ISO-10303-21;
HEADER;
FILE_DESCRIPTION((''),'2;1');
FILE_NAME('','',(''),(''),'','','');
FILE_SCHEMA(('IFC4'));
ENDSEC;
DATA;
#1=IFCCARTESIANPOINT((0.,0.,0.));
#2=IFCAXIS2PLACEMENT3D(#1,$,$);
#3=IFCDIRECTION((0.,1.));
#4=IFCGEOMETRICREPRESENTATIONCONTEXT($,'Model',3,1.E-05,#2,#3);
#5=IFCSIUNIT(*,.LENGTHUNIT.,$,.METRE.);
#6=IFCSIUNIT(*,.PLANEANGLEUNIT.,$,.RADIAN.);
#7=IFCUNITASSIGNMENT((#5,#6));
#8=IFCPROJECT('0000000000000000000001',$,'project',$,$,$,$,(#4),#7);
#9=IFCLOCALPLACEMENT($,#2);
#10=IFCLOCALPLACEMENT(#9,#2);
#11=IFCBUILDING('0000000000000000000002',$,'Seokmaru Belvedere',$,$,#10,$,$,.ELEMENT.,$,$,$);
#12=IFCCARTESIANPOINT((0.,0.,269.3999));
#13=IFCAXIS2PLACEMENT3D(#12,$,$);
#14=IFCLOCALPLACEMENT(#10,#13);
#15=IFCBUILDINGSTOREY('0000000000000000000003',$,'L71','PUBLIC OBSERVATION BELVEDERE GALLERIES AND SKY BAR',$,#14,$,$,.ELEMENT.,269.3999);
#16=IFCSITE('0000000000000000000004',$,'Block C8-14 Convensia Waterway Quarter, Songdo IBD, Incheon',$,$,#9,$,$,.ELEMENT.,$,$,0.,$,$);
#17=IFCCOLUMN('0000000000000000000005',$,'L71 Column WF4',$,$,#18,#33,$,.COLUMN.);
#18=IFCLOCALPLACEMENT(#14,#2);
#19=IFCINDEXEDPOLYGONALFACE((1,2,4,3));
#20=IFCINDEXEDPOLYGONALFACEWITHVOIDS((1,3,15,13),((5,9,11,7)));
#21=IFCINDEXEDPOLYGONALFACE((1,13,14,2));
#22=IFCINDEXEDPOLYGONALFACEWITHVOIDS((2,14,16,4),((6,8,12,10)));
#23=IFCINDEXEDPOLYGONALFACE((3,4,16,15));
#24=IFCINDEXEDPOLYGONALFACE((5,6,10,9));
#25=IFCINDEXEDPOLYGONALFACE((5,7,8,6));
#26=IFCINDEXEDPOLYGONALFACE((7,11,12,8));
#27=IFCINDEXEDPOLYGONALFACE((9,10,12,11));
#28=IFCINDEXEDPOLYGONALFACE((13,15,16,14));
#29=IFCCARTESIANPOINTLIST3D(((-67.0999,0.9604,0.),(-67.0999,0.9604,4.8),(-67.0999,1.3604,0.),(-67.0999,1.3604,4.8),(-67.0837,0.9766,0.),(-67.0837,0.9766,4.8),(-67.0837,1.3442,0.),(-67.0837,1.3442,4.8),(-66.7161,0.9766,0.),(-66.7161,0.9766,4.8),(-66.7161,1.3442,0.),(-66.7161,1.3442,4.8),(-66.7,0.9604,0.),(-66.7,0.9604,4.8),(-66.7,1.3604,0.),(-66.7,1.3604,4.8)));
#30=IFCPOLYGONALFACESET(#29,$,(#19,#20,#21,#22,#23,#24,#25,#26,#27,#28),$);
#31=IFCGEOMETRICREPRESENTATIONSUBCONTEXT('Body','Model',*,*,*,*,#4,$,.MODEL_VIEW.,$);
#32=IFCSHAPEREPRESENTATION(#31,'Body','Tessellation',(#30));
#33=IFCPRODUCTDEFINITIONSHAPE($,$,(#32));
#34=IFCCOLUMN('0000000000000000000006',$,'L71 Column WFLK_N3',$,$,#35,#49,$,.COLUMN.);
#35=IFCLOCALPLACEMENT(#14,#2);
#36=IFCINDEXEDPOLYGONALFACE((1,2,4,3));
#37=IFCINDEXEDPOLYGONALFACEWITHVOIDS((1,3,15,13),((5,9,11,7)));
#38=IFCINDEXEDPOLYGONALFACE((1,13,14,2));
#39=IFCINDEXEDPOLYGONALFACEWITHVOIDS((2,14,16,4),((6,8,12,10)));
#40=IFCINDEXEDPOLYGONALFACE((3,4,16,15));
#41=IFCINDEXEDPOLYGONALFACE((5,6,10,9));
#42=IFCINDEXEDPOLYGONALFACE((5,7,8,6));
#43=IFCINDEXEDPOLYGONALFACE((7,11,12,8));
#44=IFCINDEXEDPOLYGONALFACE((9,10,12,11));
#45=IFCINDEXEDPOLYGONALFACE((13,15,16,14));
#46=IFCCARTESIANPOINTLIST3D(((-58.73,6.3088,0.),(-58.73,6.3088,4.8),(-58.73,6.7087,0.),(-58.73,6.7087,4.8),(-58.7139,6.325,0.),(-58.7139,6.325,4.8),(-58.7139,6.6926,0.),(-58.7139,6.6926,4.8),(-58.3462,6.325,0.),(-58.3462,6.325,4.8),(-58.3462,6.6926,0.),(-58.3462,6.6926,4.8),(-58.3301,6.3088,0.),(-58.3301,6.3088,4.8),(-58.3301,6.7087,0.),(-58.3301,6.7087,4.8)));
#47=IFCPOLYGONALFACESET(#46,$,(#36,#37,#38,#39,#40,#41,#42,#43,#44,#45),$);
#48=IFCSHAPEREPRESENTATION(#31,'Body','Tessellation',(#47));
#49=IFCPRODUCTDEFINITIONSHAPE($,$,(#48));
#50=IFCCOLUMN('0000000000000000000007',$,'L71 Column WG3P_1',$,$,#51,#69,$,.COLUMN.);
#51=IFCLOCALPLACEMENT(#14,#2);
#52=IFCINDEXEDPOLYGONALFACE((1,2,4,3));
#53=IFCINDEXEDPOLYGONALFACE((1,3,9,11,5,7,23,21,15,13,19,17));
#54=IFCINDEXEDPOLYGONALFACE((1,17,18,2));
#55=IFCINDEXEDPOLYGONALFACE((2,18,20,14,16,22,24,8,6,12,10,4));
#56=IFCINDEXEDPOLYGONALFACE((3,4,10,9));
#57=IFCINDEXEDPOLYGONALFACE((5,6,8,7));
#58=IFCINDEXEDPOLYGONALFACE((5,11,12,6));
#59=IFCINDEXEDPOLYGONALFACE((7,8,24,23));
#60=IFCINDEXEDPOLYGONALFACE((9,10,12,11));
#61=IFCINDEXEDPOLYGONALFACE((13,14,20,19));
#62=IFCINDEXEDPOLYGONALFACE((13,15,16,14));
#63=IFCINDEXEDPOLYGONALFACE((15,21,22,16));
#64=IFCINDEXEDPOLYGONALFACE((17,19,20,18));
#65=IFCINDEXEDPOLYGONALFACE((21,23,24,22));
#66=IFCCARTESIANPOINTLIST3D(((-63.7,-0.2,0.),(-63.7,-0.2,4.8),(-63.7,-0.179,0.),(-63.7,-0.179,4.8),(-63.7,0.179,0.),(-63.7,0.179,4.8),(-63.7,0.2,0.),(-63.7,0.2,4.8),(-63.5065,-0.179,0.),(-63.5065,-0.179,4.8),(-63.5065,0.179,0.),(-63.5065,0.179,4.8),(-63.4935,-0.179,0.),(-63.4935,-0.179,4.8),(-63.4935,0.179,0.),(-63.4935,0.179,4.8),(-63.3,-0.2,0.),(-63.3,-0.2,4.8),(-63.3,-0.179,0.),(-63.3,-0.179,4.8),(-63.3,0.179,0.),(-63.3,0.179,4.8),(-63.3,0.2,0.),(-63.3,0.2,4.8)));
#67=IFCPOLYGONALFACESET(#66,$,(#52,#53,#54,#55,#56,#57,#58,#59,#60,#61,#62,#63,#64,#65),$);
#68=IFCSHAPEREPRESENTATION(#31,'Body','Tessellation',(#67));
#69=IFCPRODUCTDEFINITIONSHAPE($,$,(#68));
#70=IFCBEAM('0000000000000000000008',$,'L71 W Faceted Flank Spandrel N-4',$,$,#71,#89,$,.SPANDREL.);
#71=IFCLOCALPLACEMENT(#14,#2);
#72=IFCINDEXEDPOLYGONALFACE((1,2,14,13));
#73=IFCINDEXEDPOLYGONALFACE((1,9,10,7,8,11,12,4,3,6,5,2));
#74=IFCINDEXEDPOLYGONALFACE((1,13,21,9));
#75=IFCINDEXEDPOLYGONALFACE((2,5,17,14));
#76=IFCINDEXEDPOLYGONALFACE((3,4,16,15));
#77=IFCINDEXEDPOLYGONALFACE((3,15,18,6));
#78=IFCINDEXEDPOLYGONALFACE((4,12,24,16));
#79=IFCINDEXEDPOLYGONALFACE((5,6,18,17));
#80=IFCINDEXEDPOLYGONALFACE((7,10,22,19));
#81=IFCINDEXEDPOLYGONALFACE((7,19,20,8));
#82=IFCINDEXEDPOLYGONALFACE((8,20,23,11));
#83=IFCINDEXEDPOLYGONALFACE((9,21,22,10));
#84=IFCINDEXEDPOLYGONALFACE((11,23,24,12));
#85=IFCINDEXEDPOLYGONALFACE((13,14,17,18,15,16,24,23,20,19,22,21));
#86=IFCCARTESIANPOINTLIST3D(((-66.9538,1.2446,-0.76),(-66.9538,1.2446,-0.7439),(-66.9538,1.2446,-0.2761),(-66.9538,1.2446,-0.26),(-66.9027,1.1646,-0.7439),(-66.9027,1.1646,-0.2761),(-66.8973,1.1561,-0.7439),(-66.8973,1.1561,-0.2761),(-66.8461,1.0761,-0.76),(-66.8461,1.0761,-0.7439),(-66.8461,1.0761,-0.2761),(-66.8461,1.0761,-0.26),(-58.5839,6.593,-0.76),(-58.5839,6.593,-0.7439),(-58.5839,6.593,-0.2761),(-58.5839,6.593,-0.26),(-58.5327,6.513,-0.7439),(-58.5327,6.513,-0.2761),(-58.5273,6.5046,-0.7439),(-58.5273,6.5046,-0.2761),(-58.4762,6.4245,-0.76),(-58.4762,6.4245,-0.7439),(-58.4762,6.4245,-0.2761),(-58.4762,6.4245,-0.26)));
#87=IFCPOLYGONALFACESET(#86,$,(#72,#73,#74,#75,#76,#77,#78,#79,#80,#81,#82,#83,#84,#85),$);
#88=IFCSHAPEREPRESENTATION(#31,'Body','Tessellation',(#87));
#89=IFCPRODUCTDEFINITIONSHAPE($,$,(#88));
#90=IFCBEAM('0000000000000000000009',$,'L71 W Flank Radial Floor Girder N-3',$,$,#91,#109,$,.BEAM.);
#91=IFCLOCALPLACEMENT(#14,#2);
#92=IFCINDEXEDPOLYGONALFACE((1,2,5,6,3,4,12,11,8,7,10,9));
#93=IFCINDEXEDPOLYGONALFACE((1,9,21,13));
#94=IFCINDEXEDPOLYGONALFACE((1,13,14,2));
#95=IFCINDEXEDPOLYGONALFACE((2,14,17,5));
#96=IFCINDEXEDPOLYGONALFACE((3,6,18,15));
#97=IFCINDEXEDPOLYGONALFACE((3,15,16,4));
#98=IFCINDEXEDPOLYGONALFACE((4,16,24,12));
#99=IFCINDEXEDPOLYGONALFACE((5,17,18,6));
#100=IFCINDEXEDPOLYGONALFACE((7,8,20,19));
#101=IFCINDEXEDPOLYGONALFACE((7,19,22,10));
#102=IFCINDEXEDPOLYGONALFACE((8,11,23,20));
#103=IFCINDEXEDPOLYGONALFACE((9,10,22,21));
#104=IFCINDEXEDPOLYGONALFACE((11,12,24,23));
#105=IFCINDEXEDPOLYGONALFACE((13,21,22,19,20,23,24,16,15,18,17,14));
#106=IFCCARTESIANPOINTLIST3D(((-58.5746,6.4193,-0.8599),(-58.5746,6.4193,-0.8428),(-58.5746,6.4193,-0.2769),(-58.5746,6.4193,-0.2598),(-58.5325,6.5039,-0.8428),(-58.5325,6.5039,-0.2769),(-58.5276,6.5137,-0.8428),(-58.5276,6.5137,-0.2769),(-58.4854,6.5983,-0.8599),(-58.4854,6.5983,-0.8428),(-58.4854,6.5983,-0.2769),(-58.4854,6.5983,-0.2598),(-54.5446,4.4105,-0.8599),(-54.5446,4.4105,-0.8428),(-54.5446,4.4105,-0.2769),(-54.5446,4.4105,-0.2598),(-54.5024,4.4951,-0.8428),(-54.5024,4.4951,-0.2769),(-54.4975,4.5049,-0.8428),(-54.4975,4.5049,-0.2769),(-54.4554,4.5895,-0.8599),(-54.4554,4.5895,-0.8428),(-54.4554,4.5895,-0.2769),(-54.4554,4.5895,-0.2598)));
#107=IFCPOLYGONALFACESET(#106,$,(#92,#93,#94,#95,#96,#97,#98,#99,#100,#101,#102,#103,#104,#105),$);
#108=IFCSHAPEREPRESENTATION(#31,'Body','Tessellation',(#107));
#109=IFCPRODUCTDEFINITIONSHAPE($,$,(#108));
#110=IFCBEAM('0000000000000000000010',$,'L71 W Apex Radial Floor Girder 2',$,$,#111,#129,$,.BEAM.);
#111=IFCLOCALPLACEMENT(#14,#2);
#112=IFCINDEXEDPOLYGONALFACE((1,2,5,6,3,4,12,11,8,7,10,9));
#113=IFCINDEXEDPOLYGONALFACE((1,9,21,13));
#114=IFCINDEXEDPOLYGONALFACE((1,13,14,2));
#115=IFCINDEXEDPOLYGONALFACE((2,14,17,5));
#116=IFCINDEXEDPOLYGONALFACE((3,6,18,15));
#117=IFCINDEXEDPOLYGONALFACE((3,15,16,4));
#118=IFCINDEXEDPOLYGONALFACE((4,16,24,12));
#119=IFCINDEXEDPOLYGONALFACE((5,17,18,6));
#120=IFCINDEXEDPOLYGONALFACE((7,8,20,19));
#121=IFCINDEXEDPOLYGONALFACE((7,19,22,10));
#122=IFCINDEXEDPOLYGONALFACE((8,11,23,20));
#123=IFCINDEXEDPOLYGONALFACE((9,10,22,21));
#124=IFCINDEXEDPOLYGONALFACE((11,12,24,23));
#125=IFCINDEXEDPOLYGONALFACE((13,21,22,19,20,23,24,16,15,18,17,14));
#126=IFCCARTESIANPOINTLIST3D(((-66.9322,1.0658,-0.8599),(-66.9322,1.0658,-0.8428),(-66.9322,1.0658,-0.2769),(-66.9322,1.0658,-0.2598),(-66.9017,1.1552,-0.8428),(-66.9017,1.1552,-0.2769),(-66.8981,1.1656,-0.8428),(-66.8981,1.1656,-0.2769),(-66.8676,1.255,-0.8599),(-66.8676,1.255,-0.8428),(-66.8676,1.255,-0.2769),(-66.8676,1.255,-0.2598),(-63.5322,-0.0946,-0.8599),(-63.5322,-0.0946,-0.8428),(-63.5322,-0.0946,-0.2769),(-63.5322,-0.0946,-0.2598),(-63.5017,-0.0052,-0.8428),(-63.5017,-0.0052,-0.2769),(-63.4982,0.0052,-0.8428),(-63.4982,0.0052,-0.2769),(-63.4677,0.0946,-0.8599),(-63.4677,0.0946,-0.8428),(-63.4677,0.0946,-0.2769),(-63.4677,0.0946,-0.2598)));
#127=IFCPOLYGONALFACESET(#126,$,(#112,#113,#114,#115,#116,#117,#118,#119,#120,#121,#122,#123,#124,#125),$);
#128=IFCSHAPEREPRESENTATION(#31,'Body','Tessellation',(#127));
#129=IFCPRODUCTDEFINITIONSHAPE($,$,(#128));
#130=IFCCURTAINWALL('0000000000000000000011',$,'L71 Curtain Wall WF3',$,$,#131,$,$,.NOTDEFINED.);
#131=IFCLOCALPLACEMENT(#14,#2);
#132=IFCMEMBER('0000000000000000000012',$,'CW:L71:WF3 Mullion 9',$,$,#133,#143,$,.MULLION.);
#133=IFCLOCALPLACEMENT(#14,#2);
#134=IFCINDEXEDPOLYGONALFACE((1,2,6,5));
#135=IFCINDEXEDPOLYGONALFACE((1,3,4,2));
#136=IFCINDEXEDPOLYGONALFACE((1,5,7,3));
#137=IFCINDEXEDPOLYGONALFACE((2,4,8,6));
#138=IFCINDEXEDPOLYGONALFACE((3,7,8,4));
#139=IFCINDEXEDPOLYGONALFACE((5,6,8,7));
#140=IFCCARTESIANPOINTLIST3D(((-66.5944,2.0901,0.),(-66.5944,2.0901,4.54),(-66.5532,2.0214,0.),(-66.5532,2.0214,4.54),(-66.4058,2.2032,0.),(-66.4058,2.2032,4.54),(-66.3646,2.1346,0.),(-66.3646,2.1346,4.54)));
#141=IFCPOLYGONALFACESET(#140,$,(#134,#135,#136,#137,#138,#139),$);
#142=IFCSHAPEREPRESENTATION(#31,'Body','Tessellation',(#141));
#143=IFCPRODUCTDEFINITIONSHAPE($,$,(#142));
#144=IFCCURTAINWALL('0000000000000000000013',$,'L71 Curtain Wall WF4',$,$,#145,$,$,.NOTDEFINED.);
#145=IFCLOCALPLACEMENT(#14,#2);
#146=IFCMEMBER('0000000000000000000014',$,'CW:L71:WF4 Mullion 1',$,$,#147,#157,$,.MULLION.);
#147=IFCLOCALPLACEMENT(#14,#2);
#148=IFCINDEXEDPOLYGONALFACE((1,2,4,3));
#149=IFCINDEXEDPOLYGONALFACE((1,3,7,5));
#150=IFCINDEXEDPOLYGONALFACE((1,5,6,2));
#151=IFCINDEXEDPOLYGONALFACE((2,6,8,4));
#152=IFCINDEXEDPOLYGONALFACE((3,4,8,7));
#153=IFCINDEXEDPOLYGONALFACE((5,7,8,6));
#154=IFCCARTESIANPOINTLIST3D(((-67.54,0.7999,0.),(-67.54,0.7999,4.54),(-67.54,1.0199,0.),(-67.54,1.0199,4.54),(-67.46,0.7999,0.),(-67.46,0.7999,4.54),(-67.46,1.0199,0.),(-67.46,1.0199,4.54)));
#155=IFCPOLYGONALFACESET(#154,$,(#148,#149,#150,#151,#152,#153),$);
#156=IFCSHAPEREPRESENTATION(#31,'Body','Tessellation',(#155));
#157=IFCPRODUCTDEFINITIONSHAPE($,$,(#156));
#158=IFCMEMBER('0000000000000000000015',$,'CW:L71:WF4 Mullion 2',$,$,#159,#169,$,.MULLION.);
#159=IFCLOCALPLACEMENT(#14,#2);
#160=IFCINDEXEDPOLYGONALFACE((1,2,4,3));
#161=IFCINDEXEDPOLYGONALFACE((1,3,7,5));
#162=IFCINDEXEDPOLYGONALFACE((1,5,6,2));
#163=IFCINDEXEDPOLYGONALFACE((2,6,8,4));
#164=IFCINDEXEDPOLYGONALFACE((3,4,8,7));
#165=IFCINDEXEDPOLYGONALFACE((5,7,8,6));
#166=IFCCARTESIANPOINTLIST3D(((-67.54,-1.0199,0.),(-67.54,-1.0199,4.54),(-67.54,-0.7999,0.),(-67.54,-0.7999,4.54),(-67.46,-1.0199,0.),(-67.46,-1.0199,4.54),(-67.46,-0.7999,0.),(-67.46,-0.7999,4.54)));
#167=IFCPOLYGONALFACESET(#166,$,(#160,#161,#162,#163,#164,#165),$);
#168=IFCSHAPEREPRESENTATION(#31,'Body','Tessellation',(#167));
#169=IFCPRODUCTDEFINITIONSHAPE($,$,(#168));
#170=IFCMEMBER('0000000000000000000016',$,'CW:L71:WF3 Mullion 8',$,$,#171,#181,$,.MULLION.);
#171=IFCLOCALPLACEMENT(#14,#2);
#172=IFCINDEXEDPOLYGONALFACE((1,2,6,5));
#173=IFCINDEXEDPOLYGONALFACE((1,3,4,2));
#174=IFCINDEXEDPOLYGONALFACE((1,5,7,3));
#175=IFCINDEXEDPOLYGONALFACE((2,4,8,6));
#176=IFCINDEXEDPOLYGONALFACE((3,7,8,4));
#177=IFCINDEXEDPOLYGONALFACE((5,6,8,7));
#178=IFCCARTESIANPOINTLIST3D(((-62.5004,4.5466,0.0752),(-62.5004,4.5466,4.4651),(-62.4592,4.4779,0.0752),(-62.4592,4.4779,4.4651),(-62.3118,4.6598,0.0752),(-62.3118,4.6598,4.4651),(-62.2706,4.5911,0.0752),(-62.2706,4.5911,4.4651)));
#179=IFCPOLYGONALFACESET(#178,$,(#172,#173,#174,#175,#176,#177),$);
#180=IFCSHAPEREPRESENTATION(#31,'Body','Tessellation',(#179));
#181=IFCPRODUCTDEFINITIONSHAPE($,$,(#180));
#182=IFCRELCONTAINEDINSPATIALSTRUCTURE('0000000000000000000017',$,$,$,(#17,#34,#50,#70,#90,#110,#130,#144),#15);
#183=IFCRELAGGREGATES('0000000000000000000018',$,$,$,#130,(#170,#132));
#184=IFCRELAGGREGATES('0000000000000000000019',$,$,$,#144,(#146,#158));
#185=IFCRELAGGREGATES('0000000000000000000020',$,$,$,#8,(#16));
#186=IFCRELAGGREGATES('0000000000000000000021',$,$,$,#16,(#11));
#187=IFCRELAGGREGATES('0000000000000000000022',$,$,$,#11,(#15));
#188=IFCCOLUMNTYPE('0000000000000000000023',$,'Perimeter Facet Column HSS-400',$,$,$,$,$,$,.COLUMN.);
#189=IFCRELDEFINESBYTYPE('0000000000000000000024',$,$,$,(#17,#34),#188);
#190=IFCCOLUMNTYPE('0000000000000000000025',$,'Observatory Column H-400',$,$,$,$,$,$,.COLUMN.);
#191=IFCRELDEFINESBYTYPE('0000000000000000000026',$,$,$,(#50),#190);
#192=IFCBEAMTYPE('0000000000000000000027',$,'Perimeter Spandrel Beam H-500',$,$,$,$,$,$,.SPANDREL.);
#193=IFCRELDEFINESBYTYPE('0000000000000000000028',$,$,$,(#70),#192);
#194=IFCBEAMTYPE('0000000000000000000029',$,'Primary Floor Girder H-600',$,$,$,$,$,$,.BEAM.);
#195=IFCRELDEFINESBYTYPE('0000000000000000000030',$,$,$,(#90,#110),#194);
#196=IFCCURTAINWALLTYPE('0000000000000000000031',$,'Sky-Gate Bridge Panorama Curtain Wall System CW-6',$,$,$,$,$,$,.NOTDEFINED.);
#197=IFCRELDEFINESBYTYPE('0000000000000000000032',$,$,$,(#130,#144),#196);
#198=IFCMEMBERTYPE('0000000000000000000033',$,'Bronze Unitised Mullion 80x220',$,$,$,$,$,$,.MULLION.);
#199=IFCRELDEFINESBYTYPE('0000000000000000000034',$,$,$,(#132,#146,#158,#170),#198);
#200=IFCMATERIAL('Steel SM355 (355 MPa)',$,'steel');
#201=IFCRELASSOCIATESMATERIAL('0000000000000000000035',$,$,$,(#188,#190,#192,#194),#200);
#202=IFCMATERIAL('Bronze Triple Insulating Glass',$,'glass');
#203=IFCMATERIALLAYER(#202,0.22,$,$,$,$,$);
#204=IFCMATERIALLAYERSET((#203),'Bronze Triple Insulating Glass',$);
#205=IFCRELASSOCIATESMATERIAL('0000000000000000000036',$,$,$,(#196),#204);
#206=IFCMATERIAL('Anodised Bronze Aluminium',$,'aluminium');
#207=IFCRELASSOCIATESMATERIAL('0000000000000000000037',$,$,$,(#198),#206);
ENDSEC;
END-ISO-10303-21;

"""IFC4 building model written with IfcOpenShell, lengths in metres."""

from ifc_helpers import new_model, si_unit, direction, frame, origin, origin_2d, place, context, subcontext, project, spatial, rectangle, hollow_rectangle, i_section, extrude, source, transform, mapped, material, layer, layer_set, material_profile, profile_set, type_object, type_shapes, element, aggregate, save


model = new_model("IFC4")

# Units and contexts
model_context = context("Model", 3, precision=1e-05, world=origin(), true_north=direction((0.0, 1.0)))
body_context = subcontext(model_context, "Body", "Model", "MODEL_VIEW")
ifc_project = project(units=[si_unit("LENGTHUNIT", "METRE"), si_unit("PLANEANGLEUNIT", "RADIAN")], contexts=[model_context])

# Site, building, storey
site_placement = place(None, origin())
site = spatial("IfcSite", under=ifc_project, at=site_placement, Name="Block C8-14 Convensia Waterway Quarter, Songdo IBD, Incheon", CompositionType="ELEMENT", RefElevation=0.0)
building_placement = place(site_placement, origin())
building = spatial("IfcBuilding", under=site, at=building_placement, Name="Seokmaru Belvedere", CompositionType="ELEMENT")
storey_placement = place(building_placement, frame((0.0, 0.0, 269.3999)))
storey = spatial("IfcBuildingStorey", under=building, at=storey_placement, Name="L71", Description="PUBLIC OBSERVATION BELVEDERE GALLERIES AND SKY BAR", CompositionType="ELEMENT", Elevation=269.3999)

# Columns
ifc_material_1 = material(Name="Steel SM355 (355 MPa)", Category="steel")
ifc_material_profile_1 = material_profile(ifc_material_1, hollow_rectangle(XDim=0.3999, YDim=0.3999, WallThickness=0.0161, at=origin_2d()), Name="HSS-400x400x16")
ifc_profile_set_1 = profile_set([ifc_material_profile_1], Name="Steel SM355 (355 MPa)")
column_type_1 = type_object("IfcColumnType", Name="Perimeter Facet Column HSS-400", PredefinedType="COLUMN", material=ifc_profile_set_1)
shared_shape_1 = source(origin(), body_context, "Body", "SweptSolid", [
    extrude(hollow_rectangle(XDim=0.3999, YDim=0.3999, WallThickness=0.0161, at=origin_2d()), origin(), (0.0, 0.0, 1.0), 4.8),
])
type_shapes(column_type_1, [shared_shape_1])
for number, where, z_axis, x_axis, name in (
    (1, (-66.8999, 1.1604, 0.0), (0.0, 0.0, 1.0), (1.0, 0.0, 0.0), "L71 Column WF4"),
    (2, (-58.53, 6.5088, 0.0), (0.0, 0.0, 1.0), (1.0, 0.0, 0.0), "L71 Column WFLK_N3"),
):
    element("IfcColumn", number, at=place(storey_placement, frame(where, z_axis=z_axis, x_axis=x_axis)), inside=storey, type_object=column_type_1, Name=name, PredefinedType="COLUMN", context=body_context, shape_type="MappedRepresentation", body=[
        mapped(shared_shape_1, transform((0.0, 0.0, 0.0), scale=1.0)),
    ])
ifc_material_profile_2 = material_profile(ifc_material_1, i_section(OverallWidth=0.3999, OverallDepth=0.3999, WebThickness=0.0129, FlangeThickness=0.021, at=origin_2d()), Name="H-400x400x13x21")
ifc_profile_set_2 = profile_set([ifc_material_profile_2], Name="Steel SM355 (355 MPa)")
column_type_2 = type_object("IfcColumnType", Name="Observatory Column H-400", PredefinedType="COLUMN", material=ifc_profile_set_2)
shared_shape_2 = source(origin(), body_context, "Body", "SweptSolid", [
    extrude(i_section(OverallWidth=0.3999, OverallDepth=0.3999, WebThickness=0.0129, FlangeThickness=0.021, at=origin_2d()), origin(), (0.0, 0.0, 1.0), 4.8),
])
type_shapes(column_type_2, [shared_shape_2])
column_placement = place(storey_placement, frame((-63.5, 0.0, 0.0), z_axis=(0.0, 0.0, 1.0), x_axis=(1.0, 0.0, 0.0)))
element("IfcColumn", 3, at=column_placement, inside=storey, type_object=column_type_2, Name="L71 Column WG3P_1", PredefinedType="COLUMN", context=body_context, shape_type="MappedRepresentation", body=[
    mapped(shared_shape_2, transform((0.0, 0.0, 0.0), scale=1.0)),
])

# Beams
ifc_material_profile_3 = material_profile(ifc_material_1, i_section(OverallWidth=0.2, OverallDepth=0.5, WebThickness=0.01, FlangeThickness=0.0161, at=origin_2d()), Name="H-500x200x10x16")
ifc_profile_set_3 = profile_set([ifc_material_profile_3], Name="Steel SM355 (355 MPa)")
beam_type_1 = type_object("IfcBeamType", Name="Perimeter Spandrel Beam H-500", PredefinedType="SPANDREL", material=ifc_profile_set_3)
shared_shape_3 = source(origin(), body_context, "Body", "SweptSolid", [
    extrude(i_section(OverallWidth=0.2, OverallDepth=0.5, WebThickness=0.01, FlangeThickness=0.0161, at=origin_2d()), origin(), (0.0, 0.0, 1.0), 9.9329),
])
type_shapes(beam_type_1, [shared_shape_3])
beam_1_placement = place(storey_placement, frame((-58.53, 6.5088, -0.51), z_axis=(-0.842652, -0.538459, 0.0), x_axis=(0.538459, -0.842652, 0.0)))
element("IfcBeam", 4, at=beam_1_placement, inside=storey, type_object=beam_type_1, Name="L71 W Faceted Flank Spandrel N-4", PredefinedType="SPANDREL", context=body_context, shape_type="MappedRepresentation", body=[
    mapped(shared_shape_3, transform((0.0, 0.0, 0.0), scale=1.0)),
])
ifc_material_profile_4 = material_profile(ifc_material_1, i_section(OverallWidth=0.2, OverallDepth=0.6001, WebThickness=0.011, FlangeThickness=0.0171, at=origin_2d()), Name="H-600x200x11x17")
ifc_profile_set_4 = profile_set([ifc_material_profile_4], Name="Steel SM355 (355 MPa)")
beam_type_2 = type_object("IfcBeamType", Name="Primary Floor Girder H-600", PredefinedType="BEAM", material=ifc_profile_set_4)
shared_shape_4 = source(origin(), body_context, "Body", "SweptSolid", [
    extrude(i_section(OverallWidth=0.2, OverallDepth=0.6001, WebThickness=0.011, FlangeThickness=0.0171, at=origin_2d()), origin(), (0.0, 0.0, 1.0), 4.5029),
])
beam_2_placement = place(storey_placement, frame((-58.53, 6.5088, -0.5598), z_axis=(0.89498, -0.446107, 0.0), x_axis=(0.446107, 0.89498, 0.0)))
element("IfcBeam", 5, at=beam_2_placement, inside=storey, type_object=beam_type_2, Name="L71 W Flank Radial Floor Girder N-3", PredefinedType="BEAM", context=body_context, shape_type="MappedRepresentation", body=[
    mapped(shared_shape_4, transform((0.0, 0.0, 0.0), scale=1.0)),
])
shared_shape_5 = source(origin(), body_context, "Body", "SweptSolid", [
    extrude(i_section(OverallWidth=0.2, OverallDepth=0.6001, WebThickness=0.011, FlangeThickness=0.0171, at=origin_2d()), origin(), (0.0, 0.0, 1.0), 3.5925),
])
type_shapes(beam_type_2, [shared_shape_4, shared_shape_5])
beam_3_placement = place(storey_placement, frame((-66.8999, 1.1604, -0.5598), z_axis=(0.946396, -0.323009, 0.0), x_axis=(0.323009, 0.946396, 0.0)))
element("IfcBeam", 6, at=beam_3_placement, inside=storey, type_object=beam_type_2, Name="L71 W Apex Radial Floor Girder 2", PredefinedType="BEAM", context=body_context, shape_type="MappedRepresentation", body=[
    mapped(shared_shape_5, transform((0.0, 0.0, 0.0), scale=1.0)),
])

# Curtain wall, member
ifc_material_2 = material(Name="Bronze Triple Insulating Glass", Category="glass")
ifc_layer_1 = layer(ifc_material_2, 0.22)
ifc_layer_set_1 = layer_set([ifc_layer_1], Name="Bronze Triple Insulating Glass")
curtain_wall_type = type_object("IfcCurtainWallType", Name="Sky-Gate Bridge Panorama Curtain Wall System CW-6", PredefinedType="NOTDEFINED", material=ifc_layer_set_1)
curtain_wall_1_placement = place(storey_placement, origin())
curtain_wall_1 = element("IfcCurtainWall", 7, at=curtain_wall_1_placement, inside=storey, type_object=curtain_wall_type, Name="L71 Curtain Wall WF3", PredefinedType="NOTDEFINED")
ifc_material_3 = material(Name="Anodised Bronze Aluminium", Category="aluminium")
ifc_material_profile_5 = material_profile(ifc_material_3, rectangle(XDim=0.0801, YDim=0.22, at=origin_2d()), Name="CW-M-80x220")
ifc_profile_set_5 = profile_set([ifc_material_profile_5], Name="Anodised Bronze Aluminium")
member_type_1 = type_object("IfcMemberType", Name="Bronze Unitised Mullion 80x220", PredefinedType="MULLION", material=ifc_profile_set_5)
shared_shape_6 = source(origin(), body_context, "Body", "SweptSolid", [
    extrude(rectangle(XDim=0.0801, YDim=0.22, at=origin_2d()), origin(), (0.0, 0.0, 1.0), 4.54),
])
member_1_placement = place(storey_placement, frame((-66.4795, 2.1123, 0.0), z_axis=(0.0, 0.0, 1.0), x_axis=(0.514495, -0.857493, 0.0)))
member_1 = element("IfcMember", 8, at=member_1_placement, type_object=member_type_1, Name="CW:L71:WF3 Mullion 9", PredefinedType="MULLION", context=body_context, shape_type="MappedRepresentation", body=[
    mapped(shared_shape_6, transform((0.0, 0.0, 0.0), scale=1.0)),
])

# Curtain wall, members
curtain_wall_2_placement = place(storey_placement, origin())
curtain_wall_2 = element("IfcCurtainWall", 9, at=curtain_wall_2_placement, inside=storey, type_object=curtain_wall_type, Name="L71 Curtain Wall WF4", PredefinedType="NOTDEFINED")
member_2_placement = place(storey_placement, frame((-67.5, 0.9099, 0.0), z_axis=(0.0, 0.0, 1.0), x_axis=(1.0, 0.0, 0.0)))
member_2 = element("IfcMember", 10, at=member_2_placement, type_object=member_type_1, Name="CW:L71:WF4 Mullion 1", PredefinedType="MULLION", context=body_context, shape_type="MappedRepresentation", body=[
    mapped(shared_shape_6, transform((0.0, 0.0, 0.0), scale=1.0)),
])
member_3_placement = place(storey_placement, frame((-67.5, -0.9099, 0.0), z_axis=(0.0, 0.0, 1.0), x_axis=(1.0, 0.0, 0.0)))
member_3 = element("IfcMember", 11, at=member_3_placement, type_object=member_type_1, Name="CW:L71:WF4 Mullion 2", PredefinedType="MULLION", context=body_context, shape_type="MappedRepresentation", body=[
    mapped(shared_shape_6, transform((0.0, 0.0, 0.0), scale=1.0)),
])

# Member
shared_shape_7 = source(origin(), body_context, "Body", "SweptSolid", [
    extrude(rectangle(XDim=0.0801, YDim=0.22, at=origin_2d()), origin(), (0.0, 0.0, 1.0), 4.3899),
])
type_shapes(member_type_1, [shared_shape_6, shared_shape_7])
member_4_placement = place(storey_placement, frame((-62.3855, 4.5688, 0.0752), z_axis=(0.0, 0.0, 1.0), x_axis=(0.514495, -0.857493, 0.0)))
member_4 = element("IfcMember", 12, at=member_4_placement, type_object=member_type_1, Name="CW:L71:WF3 Mullion 8", PredefinedType="MULLION", context=body_context, shape_type="MappedRepresentation", body=[
    mapped(shared_shape_7, transform((0.0, 0.0, 0.0), scale=1.0)),
])

aggregate(curtain_wall_1, [member_4, member_1])
aggregate(curtain_wall_2, [member_2, member_3])

save(model, "model.ifc")
